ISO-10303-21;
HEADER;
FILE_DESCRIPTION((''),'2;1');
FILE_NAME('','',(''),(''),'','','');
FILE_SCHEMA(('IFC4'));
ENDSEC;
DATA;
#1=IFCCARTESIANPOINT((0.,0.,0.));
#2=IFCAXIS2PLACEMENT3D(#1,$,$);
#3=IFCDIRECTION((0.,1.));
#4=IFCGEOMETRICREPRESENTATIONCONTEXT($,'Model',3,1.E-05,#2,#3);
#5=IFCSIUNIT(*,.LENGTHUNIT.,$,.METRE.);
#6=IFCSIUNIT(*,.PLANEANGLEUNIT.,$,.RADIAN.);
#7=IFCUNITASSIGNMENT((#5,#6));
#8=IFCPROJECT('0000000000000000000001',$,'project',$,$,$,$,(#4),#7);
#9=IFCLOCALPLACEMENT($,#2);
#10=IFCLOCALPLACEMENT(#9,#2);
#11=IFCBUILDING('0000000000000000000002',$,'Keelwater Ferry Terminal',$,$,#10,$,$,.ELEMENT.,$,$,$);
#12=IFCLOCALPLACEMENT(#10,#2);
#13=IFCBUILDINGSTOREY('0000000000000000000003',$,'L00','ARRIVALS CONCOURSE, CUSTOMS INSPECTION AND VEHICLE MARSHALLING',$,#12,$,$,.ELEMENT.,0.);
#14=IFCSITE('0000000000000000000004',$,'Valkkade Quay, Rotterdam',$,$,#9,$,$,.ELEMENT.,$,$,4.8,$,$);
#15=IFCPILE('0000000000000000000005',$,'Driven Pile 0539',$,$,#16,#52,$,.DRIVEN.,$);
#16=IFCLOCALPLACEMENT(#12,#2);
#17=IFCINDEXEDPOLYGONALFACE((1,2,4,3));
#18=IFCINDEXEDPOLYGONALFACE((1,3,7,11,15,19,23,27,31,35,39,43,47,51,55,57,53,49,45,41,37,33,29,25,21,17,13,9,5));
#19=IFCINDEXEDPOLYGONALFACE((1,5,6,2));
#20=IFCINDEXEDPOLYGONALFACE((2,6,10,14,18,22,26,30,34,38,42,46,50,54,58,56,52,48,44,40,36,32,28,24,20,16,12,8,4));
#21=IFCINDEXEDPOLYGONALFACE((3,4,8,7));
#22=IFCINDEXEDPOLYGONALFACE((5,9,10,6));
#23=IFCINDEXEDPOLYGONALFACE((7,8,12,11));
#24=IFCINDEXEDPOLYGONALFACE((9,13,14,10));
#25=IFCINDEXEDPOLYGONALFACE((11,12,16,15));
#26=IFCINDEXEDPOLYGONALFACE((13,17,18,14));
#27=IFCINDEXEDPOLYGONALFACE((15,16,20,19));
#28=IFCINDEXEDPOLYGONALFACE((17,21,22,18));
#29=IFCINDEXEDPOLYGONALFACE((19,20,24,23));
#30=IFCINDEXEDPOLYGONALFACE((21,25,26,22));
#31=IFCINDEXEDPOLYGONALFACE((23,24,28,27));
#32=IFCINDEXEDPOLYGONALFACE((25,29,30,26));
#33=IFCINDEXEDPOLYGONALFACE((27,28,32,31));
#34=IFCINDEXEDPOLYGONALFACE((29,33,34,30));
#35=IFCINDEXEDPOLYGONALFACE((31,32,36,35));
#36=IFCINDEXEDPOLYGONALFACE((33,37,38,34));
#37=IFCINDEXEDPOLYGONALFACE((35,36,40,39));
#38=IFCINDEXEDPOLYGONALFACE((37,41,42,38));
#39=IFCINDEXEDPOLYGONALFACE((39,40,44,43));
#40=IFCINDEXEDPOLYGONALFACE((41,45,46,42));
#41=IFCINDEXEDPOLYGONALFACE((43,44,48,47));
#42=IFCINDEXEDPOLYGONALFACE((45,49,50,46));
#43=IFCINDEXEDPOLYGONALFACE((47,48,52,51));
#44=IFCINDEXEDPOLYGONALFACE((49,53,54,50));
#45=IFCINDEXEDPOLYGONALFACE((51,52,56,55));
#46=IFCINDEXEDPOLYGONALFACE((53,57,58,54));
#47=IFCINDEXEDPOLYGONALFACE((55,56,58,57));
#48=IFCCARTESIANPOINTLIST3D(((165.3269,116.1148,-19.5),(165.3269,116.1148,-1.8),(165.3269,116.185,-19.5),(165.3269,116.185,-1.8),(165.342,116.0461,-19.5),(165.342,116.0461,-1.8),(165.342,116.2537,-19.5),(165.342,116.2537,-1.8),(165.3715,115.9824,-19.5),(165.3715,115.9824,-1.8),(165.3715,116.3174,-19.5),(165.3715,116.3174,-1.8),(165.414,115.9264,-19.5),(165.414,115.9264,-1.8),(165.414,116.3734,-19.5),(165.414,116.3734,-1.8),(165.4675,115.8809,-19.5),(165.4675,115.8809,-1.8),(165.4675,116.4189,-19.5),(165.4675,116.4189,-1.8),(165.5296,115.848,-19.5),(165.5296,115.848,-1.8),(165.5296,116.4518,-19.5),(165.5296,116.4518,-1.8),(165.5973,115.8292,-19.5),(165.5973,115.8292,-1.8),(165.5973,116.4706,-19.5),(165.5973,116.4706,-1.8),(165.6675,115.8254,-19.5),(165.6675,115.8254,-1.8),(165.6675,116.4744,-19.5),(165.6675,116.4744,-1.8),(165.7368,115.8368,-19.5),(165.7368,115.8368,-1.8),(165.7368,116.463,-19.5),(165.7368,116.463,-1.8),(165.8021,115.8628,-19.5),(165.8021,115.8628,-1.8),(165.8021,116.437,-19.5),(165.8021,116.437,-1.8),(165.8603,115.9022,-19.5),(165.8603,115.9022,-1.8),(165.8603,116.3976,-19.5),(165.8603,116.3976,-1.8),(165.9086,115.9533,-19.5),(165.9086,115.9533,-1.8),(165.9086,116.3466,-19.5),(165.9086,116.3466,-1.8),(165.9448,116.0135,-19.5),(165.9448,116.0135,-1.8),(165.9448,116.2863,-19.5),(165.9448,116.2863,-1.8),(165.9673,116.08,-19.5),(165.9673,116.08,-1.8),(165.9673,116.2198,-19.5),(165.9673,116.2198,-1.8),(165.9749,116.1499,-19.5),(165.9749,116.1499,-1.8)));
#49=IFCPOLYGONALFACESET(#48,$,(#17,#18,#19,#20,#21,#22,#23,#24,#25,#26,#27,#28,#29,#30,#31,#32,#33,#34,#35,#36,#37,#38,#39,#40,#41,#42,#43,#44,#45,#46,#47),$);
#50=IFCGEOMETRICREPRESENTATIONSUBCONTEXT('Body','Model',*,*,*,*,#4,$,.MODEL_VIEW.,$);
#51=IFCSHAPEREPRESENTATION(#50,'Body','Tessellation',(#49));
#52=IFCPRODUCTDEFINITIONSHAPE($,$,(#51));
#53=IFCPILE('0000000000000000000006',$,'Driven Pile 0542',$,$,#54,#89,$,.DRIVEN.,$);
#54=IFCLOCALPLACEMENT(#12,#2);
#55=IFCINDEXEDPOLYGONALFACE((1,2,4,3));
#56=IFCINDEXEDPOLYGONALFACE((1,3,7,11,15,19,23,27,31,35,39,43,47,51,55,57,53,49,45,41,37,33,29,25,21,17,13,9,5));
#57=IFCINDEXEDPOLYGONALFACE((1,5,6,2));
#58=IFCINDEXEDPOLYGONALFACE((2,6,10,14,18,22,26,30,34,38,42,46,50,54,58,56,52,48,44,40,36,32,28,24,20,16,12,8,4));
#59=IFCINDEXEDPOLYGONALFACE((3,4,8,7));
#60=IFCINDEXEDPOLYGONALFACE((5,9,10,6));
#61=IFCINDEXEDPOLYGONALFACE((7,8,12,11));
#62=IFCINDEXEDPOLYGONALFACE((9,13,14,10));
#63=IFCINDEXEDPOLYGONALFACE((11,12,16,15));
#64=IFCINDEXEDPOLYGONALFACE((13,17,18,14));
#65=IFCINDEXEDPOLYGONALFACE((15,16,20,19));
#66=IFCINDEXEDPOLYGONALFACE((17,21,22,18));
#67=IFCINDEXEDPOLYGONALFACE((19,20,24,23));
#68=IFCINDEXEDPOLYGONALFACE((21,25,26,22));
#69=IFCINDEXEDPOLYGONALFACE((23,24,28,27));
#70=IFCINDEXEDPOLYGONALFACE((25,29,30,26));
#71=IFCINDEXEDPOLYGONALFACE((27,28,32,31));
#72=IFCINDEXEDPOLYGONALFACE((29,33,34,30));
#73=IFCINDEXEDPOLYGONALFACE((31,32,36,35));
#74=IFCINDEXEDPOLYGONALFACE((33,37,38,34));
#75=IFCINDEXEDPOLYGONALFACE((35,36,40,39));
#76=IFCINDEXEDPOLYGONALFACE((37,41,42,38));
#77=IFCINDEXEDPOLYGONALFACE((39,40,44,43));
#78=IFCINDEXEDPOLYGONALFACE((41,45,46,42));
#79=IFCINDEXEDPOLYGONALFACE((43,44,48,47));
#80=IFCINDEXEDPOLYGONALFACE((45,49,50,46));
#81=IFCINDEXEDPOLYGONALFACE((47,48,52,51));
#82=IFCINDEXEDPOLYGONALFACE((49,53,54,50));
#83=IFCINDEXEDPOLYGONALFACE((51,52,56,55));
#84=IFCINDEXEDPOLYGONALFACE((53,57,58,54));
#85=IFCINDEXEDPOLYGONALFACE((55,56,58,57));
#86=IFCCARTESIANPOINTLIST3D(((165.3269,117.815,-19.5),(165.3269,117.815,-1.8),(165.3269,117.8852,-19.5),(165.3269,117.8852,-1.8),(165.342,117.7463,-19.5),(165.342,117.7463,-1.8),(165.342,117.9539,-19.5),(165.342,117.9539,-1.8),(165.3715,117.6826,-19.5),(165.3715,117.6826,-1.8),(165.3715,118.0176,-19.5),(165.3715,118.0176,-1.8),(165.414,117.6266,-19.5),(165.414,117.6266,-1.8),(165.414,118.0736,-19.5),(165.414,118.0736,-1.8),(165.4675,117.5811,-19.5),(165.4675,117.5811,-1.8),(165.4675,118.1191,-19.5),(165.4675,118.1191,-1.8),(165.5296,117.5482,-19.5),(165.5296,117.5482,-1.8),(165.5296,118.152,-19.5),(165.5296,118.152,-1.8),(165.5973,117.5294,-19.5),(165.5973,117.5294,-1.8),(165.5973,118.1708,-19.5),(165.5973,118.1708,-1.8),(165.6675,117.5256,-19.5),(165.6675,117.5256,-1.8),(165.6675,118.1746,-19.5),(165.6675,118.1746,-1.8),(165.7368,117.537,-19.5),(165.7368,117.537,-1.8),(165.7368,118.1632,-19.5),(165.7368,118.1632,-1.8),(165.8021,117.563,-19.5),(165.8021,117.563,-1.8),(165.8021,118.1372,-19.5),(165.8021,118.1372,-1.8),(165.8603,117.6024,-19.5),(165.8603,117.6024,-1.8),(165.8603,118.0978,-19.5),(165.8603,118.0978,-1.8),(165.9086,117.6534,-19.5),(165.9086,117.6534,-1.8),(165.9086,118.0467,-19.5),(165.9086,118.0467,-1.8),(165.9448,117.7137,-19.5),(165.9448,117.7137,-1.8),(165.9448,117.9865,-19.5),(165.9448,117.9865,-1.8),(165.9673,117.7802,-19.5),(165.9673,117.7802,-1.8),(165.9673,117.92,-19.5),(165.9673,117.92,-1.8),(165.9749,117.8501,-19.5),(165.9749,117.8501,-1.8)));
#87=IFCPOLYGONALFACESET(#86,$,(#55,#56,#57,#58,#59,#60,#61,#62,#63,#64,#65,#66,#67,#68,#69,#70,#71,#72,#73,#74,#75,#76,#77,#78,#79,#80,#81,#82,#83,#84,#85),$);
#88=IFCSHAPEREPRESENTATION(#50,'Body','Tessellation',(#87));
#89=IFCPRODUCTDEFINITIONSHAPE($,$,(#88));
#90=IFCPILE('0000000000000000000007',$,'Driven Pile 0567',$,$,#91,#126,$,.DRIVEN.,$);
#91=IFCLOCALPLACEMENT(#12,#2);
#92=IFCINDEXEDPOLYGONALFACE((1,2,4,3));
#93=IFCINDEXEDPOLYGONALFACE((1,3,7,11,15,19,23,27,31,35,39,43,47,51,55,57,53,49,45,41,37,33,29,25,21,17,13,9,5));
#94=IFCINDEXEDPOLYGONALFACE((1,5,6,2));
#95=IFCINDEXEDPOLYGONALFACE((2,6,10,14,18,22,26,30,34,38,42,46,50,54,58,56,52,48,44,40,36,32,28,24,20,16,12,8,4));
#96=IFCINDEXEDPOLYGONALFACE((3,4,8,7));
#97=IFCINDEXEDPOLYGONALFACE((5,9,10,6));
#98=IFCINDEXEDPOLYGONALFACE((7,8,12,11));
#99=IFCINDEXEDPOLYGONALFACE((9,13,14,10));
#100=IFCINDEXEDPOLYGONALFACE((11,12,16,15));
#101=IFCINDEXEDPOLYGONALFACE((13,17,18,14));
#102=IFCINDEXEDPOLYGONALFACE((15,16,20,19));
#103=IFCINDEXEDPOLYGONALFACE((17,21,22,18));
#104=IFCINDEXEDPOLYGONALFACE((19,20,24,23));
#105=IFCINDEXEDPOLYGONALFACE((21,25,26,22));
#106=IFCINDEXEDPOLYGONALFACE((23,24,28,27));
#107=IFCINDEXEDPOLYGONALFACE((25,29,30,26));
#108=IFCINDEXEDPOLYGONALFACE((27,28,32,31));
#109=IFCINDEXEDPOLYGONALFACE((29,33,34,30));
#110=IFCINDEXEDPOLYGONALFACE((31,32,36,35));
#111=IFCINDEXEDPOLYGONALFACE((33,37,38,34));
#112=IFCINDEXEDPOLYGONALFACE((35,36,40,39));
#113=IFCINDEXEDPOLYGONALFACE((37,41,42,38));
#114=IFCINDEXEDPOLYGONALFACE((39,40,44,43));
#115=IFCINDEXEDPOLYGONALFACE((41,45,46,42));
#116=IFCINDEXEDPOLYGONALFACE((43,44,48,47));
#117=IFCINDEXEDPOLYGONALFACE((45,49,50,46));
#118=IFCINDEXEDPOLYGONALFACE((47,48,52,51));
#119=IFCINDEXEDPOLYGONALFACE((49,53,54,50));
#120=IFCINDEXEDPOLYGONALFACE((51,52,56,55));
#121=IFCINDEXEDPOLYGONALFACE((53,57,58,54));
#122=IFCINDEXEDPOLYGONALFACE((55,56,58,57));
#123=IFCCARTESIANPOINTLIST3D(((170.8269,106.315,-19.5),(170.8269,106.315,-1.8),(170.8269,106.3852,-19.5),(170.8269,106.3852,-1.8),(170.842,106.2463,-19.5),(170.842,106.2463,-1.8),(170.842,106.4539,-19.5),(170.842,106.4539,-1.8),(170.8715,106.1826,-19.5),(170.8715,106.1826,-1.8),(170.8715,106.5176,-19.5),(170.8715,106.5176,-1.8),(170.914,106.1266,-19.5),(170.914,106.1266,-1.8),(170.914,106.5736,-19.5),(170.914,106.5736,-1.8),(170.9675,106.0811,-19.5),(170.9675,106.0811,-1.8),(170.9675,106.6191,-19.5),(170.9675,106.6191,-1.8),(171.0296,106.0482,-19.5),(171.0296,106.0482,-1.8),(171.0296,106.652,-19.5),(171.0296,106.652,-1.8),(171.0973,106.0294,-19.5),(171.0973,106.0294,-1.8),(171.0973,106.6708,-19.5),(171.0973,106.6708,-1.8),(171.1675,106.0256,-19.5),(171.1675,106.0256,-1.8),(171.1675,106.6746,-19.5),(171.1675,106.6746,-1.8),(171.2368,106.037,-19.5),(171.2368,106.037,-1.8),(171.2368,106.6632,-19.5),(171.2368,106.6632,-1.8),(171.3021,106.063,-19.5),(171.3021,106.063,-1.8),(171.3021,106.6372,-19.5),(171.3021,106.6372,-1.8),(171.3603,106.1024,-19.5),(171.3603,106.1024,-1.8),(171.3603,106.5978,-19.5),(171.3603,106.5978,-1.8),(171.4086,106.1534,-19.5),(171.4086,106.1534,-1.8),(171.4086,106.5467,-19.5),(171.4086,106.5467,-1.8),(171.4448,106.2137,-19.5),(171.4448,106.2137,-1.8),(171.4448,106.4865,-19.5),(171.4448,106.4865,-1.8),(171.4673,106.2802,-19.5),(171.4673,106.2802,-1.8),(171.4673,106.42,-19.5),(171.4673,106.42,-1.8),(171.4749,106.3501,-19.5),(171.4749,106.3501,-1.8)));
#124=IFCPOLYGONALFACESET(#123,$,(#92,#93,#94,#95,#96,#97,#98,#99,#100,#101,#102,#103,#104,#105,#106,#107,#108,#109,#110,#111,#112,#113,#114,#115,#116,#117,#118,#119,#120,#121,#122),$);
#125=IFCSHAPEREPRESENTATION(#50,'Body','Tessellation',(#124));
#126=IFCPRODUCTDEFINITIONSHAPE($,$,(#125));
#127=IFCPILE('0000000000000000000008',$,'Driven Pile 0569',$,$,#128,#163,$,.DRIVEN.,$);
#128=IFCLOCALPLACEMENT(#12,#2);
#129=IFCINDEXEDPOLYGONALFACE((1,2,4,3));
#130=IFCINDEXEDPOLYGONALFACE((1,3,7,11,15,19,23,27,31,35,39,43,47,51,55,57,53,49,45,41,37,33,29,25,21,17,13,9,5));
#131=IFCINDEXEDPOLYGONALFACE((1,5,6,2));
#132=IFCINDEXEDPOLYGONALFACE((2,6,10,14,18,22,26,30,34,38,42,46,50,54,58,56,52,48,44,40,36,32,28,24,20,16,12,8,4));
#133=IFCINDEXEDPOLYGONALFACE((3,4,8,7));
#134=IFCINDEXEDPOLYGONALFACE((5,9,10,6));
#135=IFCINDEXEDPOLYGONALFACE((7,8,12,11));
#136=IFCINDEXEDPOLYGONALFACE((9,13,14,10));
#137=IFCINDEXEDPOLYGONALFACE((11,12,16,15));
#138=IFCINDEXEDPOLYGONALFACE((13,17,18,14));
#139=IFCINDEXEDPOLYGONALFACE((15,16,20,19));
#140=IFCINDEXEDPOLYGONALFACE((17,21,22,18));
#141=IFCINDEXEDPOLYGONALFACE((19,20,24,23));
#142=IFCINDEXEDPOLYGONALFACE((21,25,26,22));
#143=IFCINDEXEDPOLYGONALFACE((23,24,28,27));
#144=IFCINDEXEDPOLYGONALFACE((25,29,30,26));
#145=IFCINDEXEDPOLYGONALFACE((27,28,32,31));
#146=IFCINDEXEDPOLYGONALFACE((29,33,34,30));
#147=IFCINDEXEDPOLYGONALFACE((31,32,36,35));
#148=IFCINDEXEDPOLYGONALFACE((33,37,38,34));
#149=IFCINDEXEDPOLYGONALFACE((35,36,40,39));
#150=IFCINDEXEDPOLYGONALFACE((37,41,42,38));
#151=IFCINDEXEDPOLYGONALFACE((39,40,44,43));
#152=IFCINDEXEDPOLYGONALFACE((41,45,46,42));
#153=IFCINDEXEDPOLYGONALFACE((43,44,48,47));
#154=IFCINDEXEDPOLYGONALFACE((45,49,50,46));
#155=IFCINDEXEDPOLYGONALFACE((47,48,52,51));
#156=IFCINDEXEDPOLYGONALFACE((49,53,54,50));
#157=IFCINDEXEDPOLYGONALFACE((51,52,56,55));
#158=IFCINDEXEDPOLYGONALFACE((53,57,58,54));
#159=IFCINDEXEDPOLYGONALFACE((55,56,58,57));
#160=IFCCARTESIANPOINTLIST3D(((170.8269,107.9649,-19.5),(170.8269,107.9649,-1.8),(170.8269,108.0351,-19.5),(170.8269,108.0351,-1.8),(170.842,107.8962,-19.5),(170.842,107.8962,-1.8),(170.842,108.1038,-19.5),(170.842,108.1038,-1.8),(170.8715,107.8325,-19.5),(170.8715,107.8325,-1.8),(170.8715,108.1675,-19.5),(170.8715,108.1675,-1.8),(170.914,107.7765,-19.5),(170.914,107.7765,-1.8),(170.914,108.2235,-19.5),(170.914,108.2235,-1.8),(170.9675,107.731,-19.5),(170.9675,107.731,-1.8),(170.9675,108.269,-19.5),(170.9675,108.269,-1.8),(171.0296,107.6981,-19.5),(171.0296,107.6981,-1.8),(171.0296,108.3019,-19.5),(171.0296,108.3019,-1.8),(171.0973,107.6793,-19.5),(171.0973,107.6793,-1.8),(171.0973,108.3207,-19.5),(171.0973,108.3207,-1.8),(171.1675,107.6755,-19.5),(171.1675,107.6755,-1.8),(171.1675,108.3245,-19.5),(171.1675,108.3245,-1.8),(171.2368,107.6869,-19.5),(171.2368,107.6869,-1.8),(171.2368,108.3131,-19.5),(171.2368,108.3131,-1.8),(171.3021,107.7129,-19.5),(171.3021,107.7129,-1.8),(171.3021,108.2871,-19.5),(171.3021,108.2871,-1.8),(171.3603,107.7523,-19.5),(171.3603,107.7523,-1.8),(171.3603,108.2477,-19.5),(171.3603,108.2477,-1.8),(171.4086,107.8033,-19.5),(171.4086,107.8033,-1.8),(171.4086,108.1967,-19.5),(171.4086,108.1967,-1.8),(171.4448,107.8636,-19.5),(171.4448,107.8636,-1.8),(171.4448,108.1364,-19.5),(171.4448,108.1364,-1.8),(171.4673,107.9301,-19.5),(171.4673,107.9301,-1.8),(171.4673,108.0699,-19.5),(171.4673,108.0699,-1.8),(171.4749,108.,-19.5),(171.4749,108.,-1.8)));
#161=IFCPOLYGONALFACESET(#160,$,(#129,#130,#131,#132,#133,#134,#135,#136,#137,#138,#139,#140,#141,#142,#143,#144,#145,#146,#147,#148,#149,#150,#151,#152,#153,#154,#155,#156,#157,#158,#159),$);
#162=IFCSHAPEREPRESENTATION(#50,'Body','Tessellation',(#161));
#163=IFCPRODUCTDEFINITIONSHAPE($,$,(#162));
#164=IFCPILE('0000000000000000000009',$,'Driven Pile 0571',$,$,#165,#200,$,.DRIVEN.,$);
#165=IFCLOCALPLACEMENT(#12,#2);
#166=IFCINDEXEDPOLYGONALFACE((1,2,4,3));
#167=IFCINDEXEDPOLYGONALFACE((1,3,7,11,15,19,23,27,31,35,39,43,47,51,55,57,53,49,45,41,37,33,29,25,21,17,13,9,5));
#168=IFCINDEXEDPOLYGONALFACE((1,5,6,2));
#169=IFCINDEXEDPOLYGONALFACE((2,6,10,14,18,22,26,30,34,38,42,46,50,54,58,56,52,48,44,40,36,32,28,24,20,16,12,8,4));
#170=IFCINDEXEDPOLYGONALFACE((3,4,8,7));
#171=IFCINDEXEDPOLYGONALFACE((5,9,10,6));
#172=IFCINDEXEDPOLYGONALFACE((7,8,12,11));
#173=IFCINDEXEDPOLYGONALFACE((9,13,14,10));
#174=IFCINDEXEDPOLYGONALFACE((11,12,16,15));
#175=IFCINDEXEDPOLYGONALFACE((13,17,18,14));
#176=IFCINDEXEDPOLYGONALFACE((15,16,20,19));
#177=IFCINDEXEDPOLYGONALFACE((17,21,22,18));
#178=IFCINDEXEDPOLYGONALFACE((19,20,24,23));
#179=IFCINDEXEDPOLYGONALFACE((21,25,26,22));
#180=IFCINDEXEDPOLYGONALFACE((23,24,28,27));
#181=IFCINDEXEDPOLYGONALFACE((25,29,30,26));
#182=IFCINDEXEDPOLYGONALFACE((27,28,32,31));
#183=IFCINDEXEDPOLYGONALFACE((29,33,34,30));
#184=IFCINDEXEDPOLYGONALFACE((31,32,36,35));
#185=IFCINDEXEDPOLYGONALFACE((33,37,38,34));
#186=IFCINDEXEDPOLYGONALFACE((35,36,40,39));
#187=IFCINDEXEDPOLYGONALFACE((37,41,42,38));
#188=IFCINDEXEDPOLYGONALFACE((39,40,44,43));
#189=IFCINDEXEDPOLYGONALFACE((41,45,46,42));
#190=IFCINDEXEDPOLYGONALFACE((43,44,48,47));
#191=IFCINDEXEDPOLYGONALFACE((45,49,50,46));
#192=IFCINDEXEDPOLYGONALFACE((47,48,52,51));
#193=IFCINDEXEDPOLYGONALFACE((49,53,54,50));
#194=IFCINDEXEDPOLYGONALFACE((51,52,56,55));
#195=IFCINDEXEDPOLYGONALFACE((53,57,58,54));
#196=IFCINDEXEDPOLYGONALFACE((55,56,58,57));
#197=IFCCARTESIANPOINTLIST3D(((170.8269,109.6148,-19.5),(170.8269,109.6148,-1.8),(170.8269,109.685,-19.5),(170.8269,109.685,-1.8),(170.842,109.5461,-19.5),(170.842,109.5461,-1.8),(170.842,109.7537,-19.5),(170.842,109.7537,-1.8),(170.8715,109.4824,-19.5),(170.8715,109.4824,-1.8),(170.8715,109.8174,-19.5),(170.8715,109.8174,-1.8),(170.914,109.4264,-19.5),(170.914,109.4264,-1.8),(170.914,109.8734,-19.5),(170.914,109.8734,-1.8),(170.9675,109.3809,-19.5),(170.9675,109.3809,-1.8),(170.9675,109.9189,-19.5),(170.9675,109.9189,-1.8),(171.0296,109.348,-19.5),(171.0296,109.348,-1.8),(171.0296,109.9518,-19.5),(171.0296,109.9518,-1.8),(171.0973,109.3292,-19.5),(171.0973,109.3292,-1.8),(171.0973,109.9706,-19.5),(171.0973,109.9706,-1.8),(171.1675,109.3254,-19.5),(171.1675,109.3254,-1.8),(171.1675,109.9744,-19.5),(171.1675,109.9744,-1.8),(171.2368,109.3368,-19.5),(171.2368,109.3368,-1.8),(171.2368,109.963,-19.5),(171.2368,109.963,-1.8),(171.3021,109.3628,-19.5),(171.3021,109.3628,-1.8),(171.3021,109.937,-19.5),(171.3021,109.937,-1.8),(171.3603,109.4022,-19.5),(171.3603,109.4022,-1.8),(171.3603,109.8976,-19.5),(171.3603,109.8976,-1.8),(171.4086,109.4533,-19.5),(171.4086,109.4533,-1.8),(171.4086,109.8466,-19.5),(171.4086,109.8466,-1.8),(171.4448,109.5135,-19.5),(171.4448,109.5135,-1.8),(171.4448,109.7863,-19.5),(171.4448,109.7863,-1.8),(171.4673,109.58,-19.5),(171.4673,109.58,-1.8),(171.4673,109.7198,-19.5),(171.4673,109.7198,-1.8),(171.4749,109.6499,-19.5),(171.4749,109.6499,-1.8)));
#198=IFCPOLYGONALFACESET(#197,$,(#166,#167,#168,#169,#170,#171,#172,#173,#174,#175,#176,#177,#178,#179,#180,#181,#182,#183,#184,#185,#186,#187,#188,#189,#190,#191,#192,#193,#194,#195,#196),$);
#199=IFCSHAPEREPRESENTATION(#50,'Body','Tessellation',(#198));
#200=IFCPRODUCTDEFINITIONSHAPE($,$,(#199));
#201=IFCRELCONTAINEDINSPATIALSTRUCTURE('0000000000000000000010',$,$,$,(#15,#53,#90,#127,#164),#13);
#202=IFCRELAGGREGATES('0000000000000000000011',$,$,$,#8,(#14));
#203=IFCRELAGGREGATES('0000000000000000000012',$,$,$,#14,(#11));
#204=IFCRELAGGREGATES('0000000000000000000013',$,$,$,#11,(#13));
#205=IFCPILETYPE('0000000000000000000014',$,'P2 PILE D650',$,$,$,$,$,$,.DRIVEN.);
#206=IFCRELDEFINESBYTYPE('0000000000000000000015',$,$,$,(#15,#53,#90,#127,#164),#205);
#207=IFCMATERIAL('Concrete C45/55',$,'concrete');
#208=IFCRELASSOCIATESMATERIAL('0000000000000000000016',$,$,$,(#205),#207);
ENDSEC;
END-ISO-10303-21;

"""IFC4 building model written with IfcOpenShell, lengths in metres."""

from ifc_helpers import new_model, si_unit, direction, frame, origin, origin_2d, place, context, subcontext, project, spatial, circle, extrude, material, material_profile, profile_set, type_object, element, save


model = new_model("IFC4")

# Units and contexts
model_context = context("Model", 3, precision=1e-05, world=origin(), true_north=direction((0.0, 1.0)))
body_context = subcontext(model_context, "Body", "Model", "MODEL_VIEW")
ifc_project = project(units=[si_unit("LENGTHUNIT", "METRE"), si_unit("PLANEANGLEUNIT", "RADIAN")], contexts=[model_context])

# Site, building, storey
site_placement = place(None, origin())
site = spatial("IfcSite", under=ifc_project, at=site_placement, Name="Valkkade Quay, Rotterdam", CompositionType="ELEMENT", RefElevation=4.8)
building_placement = place(site_placement, origin())
building = spatial("IfcBuilding", under=site, at=building_placement, Name="Keelwater Ferry Terminal", CompositionType="ELEMENT")
storey_placement = place(building_placement, origin())
storey = spatial("IfcBuildingStorey", under=building, at=storey_placement, Name="L00", Description="ARRIVALS CONCOURSE, CUSTOMS INSPECTION AND VEHICLE MARSHALLING", CompositionType="ELEMENT", Elevation=0.0)

# Piles
ifc_material_1 = material(Name="Concrete C45/55", Category="concrete")
ifc_material_profile_1 = material_profile(ifc_material_1, circle(Radius=0.325, at=origin_2d()), Name="PILE D650")
ifc_profile_set_1 = profile_set([ifc_material_profile_1], Name="Concrete C45/55")
pile_type = type_object("IfcPileType", Name="P2 PILE D650", PredefinedType="DRIVEN", material=ifc_profile_set_1)
for number, where, z_axis, x_axis, name in (
    (1, (165.6499, 116.1499, -1.8), (0.0, 0.0, -1.0), (1.0, 0.0, 0.0), "Driven Pile 0539"),
    (2, (165.6499, 117.8501, -1.8), (0.0, 0.0, -1.0), (1.0, 0.0, 0.0), "Driven Pile 0542"),
    (3, (171.1499, 106.3501, -1.8), (0.0, 0.0, -1.0), (1.0, 0.0, 0.0), "Driven Pile 0567"),
    (4, (171.1499, 108.0, -1.8), (0.0, 0.0, -1.0), (1.0, 0.0, 0.0), "Driven Pile 0569"),
    (5, (171.1499, 109.6499, -1.8), (0.0, 0.0, -1.0), (1.0, 0.0, 0.0), "Driven Pile 0571"),
):
    element("IfcPile", number, at=place(storey_placement, frame(where, z_axis=z_axis, x_axis=x_axis)), inside=storey, type_object=pile_type, Name=name, PredefinedType="DRIVEN", context=body_context, shape_type="SweptSolid", body=[
        extrude(circle(Radius=0.325, at=origin_2d()), origin(), (0.0, 0.0, 1.0), 17.7),
    ])

save(model, "model.ifc")
